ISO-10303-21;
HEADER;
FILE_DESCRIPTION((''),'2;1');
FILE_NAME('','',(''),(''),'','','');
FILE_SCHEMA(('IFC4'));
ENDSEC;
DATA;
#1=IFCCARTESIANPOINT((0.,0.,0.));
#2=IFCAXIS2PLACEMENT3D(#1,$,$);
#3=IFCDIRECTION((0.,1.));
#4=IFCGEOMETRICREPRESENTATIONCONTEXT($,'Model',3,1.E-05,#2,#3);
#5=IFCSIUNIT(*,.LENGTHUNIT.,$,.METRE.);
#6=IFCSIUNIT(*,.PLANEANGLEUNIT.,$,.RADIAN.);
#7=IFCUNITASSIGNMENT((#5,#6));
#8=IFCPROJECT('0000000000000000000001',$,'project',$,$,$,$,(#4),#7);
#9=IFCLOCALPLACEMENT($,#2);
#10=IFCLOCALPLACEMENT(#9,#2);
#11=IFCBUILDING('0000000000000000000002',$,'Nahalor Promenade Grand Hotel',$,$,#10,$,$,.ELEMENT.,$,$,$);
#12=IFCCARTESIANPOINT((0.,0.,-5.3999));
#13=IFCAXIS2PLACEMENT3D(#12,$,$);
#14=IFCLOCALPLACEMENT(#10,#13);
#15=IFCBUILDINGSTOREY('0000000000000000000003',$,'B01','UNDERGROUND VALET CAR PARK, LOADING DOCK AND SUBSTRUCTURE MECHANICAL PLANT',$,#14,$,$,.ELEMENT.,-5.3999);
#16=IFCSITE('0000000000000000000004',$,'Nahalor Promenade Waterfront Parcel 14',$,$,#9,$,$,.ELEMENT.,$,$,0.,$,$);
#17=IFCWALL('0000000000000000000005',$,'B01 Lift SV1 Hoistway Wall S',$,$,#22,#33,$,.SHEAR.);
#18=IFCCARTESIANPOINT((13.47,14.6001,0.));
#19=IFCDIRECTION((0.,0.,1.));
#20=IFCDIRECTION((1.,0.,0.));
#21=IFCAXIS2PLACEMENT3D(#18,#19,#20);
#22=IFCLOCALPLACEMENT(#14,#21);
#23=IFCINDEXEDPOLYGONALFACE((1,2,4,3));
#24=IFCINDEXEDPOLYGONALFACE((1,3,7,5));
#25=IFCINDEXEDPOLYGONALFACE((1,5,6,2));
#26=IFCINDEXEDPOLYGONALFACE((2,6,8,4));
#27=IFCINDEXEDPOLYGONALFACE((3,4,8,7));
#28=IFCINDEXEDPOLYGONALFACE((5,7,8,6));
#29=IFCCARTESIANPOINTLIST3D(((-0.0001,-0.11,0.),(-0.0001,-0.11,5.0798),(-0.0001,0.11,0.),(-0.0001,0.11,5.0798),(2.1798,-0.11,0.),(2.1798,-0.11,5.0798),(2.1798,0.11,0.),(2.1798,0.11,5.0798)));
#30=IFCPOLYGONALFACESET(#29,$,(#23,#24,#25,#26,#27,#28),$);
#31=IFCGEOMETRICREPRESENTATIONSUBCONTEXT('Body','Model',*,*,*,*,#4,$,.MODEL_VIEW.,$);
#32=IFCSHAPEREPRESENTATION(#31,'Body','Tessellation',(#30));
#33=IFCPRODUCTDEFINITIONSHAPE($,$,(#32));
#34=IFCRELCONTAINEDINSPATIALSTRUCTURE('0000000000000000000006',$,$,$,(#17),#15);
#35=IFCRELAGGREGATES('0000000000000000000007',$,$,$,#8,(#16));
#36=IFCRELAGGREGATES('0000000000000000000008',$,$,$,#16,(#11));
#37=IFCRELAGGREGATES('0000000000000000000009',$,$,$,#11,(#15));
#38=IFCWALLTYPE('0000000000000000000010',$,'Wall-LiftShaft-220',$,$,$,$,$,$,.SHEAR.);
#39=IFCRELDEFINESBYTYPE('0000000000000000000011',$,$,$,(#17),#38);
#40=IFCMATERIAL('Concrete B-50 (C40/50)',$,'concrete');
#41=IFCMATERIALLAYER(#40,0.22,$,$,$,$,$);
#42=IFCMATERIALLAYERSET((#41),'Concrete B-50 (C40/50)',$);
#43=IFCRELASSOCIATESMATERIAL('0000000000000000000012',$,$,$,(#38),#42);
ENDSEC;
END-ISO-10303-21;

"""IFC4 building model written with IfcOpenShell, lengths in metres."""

from ifc_helpers import new_model, si_unit, direction, frame, frame_2d, origin, place, context, subcontext, project, spatial, rectangle, extrude, source, transform, mapped, material, layer, layer_set, type_object, element, save


model = new_model("IFC4")

# Units and contexts
model_context = context("Model", 3, precision=1e-05, world=origin(), true_north=direction((0.0, 1.0)))
body_context = subcontext(model_context, "Body", "Model", "MODEL_VIEW")
ifc_project = project(units=[si_unit("LENGTHUNIT", "METRE"), si_unit("PLANEANGLEUNIT", "RADIAN")], contexts=[model_context])

# Site, building, storey
site_placement = place(None, origin())
site = spatial("IfcSite", under=ifc_project, at=site_placement, Name="Nahalor Promenade Waterfront Parcel 14", CompositionType="ELEMENT", RefElevation=0.0)
building_placement = place(site_placement, origin())
building = spatial("IfcBuilding", under=site, at=building_placement, Name="Nahalor Promenade Grand Hotel", CompositionType="ELEMENT")
storey_placement = place(building_placement, frame((0.0, 0.0, -5.3999)))
storey = spatial("IfcBuildingStorey", under=building, at=storey_placement, Name="B01", Description="UNDERGROUND VALET CAR PARK, LOADING DOCK AND SUBSTRUCTURE MECHANICAL PLANT", CompositionType="ELEMENT", Elevation=-5.3999)

# Shared definitions
ifc_material_1 = material(Name="Concrete B-50 (C40/50)", Category="concrete")

# Shared definitions
ifc_layer_1 = layer(ifc_material_1, 0.22)
ifc_layer_set_1 = layer_set([ifc_layer_1], Name="Concrete B-50 (C40/50)")
wall_type_1 = type_object("IfcWallType", Name="Wall-LiftShaft-220", PredefinedType="SHEAR", material=ifc_layer_set_1)

# Wall
shared_shape_1 = source(origin(), body_context, "Body", "SweptSolid", [
    extrude(rectangle(XDim=2.1799, YDim=0.22, at=frame_2d((1.0898, 0.0))), origin(), (0.0, 0.0, 1.0), 5.0798),
])
wall_1_placement = place(storey_placement, frame((13.47, 14.6001, 0.0), z_axis=(0.0, 0.0, 1.0), x_axis=(1.0, 0.0, 0.0)))
element("IfcWall", 1, at=wall_1_placement, inside=storey, type_object=wall_type_1, Name="B01 Lift SV1 Hoistway Wall S", PredefinedType="SHEAR", context=body_context, shape_type="MappedRepresentation", body=[
    mapped(shared_shape_1, transform((0.0, 0.0, 0.0), scale=1.0)),
])

save(model, "model.ifc")
